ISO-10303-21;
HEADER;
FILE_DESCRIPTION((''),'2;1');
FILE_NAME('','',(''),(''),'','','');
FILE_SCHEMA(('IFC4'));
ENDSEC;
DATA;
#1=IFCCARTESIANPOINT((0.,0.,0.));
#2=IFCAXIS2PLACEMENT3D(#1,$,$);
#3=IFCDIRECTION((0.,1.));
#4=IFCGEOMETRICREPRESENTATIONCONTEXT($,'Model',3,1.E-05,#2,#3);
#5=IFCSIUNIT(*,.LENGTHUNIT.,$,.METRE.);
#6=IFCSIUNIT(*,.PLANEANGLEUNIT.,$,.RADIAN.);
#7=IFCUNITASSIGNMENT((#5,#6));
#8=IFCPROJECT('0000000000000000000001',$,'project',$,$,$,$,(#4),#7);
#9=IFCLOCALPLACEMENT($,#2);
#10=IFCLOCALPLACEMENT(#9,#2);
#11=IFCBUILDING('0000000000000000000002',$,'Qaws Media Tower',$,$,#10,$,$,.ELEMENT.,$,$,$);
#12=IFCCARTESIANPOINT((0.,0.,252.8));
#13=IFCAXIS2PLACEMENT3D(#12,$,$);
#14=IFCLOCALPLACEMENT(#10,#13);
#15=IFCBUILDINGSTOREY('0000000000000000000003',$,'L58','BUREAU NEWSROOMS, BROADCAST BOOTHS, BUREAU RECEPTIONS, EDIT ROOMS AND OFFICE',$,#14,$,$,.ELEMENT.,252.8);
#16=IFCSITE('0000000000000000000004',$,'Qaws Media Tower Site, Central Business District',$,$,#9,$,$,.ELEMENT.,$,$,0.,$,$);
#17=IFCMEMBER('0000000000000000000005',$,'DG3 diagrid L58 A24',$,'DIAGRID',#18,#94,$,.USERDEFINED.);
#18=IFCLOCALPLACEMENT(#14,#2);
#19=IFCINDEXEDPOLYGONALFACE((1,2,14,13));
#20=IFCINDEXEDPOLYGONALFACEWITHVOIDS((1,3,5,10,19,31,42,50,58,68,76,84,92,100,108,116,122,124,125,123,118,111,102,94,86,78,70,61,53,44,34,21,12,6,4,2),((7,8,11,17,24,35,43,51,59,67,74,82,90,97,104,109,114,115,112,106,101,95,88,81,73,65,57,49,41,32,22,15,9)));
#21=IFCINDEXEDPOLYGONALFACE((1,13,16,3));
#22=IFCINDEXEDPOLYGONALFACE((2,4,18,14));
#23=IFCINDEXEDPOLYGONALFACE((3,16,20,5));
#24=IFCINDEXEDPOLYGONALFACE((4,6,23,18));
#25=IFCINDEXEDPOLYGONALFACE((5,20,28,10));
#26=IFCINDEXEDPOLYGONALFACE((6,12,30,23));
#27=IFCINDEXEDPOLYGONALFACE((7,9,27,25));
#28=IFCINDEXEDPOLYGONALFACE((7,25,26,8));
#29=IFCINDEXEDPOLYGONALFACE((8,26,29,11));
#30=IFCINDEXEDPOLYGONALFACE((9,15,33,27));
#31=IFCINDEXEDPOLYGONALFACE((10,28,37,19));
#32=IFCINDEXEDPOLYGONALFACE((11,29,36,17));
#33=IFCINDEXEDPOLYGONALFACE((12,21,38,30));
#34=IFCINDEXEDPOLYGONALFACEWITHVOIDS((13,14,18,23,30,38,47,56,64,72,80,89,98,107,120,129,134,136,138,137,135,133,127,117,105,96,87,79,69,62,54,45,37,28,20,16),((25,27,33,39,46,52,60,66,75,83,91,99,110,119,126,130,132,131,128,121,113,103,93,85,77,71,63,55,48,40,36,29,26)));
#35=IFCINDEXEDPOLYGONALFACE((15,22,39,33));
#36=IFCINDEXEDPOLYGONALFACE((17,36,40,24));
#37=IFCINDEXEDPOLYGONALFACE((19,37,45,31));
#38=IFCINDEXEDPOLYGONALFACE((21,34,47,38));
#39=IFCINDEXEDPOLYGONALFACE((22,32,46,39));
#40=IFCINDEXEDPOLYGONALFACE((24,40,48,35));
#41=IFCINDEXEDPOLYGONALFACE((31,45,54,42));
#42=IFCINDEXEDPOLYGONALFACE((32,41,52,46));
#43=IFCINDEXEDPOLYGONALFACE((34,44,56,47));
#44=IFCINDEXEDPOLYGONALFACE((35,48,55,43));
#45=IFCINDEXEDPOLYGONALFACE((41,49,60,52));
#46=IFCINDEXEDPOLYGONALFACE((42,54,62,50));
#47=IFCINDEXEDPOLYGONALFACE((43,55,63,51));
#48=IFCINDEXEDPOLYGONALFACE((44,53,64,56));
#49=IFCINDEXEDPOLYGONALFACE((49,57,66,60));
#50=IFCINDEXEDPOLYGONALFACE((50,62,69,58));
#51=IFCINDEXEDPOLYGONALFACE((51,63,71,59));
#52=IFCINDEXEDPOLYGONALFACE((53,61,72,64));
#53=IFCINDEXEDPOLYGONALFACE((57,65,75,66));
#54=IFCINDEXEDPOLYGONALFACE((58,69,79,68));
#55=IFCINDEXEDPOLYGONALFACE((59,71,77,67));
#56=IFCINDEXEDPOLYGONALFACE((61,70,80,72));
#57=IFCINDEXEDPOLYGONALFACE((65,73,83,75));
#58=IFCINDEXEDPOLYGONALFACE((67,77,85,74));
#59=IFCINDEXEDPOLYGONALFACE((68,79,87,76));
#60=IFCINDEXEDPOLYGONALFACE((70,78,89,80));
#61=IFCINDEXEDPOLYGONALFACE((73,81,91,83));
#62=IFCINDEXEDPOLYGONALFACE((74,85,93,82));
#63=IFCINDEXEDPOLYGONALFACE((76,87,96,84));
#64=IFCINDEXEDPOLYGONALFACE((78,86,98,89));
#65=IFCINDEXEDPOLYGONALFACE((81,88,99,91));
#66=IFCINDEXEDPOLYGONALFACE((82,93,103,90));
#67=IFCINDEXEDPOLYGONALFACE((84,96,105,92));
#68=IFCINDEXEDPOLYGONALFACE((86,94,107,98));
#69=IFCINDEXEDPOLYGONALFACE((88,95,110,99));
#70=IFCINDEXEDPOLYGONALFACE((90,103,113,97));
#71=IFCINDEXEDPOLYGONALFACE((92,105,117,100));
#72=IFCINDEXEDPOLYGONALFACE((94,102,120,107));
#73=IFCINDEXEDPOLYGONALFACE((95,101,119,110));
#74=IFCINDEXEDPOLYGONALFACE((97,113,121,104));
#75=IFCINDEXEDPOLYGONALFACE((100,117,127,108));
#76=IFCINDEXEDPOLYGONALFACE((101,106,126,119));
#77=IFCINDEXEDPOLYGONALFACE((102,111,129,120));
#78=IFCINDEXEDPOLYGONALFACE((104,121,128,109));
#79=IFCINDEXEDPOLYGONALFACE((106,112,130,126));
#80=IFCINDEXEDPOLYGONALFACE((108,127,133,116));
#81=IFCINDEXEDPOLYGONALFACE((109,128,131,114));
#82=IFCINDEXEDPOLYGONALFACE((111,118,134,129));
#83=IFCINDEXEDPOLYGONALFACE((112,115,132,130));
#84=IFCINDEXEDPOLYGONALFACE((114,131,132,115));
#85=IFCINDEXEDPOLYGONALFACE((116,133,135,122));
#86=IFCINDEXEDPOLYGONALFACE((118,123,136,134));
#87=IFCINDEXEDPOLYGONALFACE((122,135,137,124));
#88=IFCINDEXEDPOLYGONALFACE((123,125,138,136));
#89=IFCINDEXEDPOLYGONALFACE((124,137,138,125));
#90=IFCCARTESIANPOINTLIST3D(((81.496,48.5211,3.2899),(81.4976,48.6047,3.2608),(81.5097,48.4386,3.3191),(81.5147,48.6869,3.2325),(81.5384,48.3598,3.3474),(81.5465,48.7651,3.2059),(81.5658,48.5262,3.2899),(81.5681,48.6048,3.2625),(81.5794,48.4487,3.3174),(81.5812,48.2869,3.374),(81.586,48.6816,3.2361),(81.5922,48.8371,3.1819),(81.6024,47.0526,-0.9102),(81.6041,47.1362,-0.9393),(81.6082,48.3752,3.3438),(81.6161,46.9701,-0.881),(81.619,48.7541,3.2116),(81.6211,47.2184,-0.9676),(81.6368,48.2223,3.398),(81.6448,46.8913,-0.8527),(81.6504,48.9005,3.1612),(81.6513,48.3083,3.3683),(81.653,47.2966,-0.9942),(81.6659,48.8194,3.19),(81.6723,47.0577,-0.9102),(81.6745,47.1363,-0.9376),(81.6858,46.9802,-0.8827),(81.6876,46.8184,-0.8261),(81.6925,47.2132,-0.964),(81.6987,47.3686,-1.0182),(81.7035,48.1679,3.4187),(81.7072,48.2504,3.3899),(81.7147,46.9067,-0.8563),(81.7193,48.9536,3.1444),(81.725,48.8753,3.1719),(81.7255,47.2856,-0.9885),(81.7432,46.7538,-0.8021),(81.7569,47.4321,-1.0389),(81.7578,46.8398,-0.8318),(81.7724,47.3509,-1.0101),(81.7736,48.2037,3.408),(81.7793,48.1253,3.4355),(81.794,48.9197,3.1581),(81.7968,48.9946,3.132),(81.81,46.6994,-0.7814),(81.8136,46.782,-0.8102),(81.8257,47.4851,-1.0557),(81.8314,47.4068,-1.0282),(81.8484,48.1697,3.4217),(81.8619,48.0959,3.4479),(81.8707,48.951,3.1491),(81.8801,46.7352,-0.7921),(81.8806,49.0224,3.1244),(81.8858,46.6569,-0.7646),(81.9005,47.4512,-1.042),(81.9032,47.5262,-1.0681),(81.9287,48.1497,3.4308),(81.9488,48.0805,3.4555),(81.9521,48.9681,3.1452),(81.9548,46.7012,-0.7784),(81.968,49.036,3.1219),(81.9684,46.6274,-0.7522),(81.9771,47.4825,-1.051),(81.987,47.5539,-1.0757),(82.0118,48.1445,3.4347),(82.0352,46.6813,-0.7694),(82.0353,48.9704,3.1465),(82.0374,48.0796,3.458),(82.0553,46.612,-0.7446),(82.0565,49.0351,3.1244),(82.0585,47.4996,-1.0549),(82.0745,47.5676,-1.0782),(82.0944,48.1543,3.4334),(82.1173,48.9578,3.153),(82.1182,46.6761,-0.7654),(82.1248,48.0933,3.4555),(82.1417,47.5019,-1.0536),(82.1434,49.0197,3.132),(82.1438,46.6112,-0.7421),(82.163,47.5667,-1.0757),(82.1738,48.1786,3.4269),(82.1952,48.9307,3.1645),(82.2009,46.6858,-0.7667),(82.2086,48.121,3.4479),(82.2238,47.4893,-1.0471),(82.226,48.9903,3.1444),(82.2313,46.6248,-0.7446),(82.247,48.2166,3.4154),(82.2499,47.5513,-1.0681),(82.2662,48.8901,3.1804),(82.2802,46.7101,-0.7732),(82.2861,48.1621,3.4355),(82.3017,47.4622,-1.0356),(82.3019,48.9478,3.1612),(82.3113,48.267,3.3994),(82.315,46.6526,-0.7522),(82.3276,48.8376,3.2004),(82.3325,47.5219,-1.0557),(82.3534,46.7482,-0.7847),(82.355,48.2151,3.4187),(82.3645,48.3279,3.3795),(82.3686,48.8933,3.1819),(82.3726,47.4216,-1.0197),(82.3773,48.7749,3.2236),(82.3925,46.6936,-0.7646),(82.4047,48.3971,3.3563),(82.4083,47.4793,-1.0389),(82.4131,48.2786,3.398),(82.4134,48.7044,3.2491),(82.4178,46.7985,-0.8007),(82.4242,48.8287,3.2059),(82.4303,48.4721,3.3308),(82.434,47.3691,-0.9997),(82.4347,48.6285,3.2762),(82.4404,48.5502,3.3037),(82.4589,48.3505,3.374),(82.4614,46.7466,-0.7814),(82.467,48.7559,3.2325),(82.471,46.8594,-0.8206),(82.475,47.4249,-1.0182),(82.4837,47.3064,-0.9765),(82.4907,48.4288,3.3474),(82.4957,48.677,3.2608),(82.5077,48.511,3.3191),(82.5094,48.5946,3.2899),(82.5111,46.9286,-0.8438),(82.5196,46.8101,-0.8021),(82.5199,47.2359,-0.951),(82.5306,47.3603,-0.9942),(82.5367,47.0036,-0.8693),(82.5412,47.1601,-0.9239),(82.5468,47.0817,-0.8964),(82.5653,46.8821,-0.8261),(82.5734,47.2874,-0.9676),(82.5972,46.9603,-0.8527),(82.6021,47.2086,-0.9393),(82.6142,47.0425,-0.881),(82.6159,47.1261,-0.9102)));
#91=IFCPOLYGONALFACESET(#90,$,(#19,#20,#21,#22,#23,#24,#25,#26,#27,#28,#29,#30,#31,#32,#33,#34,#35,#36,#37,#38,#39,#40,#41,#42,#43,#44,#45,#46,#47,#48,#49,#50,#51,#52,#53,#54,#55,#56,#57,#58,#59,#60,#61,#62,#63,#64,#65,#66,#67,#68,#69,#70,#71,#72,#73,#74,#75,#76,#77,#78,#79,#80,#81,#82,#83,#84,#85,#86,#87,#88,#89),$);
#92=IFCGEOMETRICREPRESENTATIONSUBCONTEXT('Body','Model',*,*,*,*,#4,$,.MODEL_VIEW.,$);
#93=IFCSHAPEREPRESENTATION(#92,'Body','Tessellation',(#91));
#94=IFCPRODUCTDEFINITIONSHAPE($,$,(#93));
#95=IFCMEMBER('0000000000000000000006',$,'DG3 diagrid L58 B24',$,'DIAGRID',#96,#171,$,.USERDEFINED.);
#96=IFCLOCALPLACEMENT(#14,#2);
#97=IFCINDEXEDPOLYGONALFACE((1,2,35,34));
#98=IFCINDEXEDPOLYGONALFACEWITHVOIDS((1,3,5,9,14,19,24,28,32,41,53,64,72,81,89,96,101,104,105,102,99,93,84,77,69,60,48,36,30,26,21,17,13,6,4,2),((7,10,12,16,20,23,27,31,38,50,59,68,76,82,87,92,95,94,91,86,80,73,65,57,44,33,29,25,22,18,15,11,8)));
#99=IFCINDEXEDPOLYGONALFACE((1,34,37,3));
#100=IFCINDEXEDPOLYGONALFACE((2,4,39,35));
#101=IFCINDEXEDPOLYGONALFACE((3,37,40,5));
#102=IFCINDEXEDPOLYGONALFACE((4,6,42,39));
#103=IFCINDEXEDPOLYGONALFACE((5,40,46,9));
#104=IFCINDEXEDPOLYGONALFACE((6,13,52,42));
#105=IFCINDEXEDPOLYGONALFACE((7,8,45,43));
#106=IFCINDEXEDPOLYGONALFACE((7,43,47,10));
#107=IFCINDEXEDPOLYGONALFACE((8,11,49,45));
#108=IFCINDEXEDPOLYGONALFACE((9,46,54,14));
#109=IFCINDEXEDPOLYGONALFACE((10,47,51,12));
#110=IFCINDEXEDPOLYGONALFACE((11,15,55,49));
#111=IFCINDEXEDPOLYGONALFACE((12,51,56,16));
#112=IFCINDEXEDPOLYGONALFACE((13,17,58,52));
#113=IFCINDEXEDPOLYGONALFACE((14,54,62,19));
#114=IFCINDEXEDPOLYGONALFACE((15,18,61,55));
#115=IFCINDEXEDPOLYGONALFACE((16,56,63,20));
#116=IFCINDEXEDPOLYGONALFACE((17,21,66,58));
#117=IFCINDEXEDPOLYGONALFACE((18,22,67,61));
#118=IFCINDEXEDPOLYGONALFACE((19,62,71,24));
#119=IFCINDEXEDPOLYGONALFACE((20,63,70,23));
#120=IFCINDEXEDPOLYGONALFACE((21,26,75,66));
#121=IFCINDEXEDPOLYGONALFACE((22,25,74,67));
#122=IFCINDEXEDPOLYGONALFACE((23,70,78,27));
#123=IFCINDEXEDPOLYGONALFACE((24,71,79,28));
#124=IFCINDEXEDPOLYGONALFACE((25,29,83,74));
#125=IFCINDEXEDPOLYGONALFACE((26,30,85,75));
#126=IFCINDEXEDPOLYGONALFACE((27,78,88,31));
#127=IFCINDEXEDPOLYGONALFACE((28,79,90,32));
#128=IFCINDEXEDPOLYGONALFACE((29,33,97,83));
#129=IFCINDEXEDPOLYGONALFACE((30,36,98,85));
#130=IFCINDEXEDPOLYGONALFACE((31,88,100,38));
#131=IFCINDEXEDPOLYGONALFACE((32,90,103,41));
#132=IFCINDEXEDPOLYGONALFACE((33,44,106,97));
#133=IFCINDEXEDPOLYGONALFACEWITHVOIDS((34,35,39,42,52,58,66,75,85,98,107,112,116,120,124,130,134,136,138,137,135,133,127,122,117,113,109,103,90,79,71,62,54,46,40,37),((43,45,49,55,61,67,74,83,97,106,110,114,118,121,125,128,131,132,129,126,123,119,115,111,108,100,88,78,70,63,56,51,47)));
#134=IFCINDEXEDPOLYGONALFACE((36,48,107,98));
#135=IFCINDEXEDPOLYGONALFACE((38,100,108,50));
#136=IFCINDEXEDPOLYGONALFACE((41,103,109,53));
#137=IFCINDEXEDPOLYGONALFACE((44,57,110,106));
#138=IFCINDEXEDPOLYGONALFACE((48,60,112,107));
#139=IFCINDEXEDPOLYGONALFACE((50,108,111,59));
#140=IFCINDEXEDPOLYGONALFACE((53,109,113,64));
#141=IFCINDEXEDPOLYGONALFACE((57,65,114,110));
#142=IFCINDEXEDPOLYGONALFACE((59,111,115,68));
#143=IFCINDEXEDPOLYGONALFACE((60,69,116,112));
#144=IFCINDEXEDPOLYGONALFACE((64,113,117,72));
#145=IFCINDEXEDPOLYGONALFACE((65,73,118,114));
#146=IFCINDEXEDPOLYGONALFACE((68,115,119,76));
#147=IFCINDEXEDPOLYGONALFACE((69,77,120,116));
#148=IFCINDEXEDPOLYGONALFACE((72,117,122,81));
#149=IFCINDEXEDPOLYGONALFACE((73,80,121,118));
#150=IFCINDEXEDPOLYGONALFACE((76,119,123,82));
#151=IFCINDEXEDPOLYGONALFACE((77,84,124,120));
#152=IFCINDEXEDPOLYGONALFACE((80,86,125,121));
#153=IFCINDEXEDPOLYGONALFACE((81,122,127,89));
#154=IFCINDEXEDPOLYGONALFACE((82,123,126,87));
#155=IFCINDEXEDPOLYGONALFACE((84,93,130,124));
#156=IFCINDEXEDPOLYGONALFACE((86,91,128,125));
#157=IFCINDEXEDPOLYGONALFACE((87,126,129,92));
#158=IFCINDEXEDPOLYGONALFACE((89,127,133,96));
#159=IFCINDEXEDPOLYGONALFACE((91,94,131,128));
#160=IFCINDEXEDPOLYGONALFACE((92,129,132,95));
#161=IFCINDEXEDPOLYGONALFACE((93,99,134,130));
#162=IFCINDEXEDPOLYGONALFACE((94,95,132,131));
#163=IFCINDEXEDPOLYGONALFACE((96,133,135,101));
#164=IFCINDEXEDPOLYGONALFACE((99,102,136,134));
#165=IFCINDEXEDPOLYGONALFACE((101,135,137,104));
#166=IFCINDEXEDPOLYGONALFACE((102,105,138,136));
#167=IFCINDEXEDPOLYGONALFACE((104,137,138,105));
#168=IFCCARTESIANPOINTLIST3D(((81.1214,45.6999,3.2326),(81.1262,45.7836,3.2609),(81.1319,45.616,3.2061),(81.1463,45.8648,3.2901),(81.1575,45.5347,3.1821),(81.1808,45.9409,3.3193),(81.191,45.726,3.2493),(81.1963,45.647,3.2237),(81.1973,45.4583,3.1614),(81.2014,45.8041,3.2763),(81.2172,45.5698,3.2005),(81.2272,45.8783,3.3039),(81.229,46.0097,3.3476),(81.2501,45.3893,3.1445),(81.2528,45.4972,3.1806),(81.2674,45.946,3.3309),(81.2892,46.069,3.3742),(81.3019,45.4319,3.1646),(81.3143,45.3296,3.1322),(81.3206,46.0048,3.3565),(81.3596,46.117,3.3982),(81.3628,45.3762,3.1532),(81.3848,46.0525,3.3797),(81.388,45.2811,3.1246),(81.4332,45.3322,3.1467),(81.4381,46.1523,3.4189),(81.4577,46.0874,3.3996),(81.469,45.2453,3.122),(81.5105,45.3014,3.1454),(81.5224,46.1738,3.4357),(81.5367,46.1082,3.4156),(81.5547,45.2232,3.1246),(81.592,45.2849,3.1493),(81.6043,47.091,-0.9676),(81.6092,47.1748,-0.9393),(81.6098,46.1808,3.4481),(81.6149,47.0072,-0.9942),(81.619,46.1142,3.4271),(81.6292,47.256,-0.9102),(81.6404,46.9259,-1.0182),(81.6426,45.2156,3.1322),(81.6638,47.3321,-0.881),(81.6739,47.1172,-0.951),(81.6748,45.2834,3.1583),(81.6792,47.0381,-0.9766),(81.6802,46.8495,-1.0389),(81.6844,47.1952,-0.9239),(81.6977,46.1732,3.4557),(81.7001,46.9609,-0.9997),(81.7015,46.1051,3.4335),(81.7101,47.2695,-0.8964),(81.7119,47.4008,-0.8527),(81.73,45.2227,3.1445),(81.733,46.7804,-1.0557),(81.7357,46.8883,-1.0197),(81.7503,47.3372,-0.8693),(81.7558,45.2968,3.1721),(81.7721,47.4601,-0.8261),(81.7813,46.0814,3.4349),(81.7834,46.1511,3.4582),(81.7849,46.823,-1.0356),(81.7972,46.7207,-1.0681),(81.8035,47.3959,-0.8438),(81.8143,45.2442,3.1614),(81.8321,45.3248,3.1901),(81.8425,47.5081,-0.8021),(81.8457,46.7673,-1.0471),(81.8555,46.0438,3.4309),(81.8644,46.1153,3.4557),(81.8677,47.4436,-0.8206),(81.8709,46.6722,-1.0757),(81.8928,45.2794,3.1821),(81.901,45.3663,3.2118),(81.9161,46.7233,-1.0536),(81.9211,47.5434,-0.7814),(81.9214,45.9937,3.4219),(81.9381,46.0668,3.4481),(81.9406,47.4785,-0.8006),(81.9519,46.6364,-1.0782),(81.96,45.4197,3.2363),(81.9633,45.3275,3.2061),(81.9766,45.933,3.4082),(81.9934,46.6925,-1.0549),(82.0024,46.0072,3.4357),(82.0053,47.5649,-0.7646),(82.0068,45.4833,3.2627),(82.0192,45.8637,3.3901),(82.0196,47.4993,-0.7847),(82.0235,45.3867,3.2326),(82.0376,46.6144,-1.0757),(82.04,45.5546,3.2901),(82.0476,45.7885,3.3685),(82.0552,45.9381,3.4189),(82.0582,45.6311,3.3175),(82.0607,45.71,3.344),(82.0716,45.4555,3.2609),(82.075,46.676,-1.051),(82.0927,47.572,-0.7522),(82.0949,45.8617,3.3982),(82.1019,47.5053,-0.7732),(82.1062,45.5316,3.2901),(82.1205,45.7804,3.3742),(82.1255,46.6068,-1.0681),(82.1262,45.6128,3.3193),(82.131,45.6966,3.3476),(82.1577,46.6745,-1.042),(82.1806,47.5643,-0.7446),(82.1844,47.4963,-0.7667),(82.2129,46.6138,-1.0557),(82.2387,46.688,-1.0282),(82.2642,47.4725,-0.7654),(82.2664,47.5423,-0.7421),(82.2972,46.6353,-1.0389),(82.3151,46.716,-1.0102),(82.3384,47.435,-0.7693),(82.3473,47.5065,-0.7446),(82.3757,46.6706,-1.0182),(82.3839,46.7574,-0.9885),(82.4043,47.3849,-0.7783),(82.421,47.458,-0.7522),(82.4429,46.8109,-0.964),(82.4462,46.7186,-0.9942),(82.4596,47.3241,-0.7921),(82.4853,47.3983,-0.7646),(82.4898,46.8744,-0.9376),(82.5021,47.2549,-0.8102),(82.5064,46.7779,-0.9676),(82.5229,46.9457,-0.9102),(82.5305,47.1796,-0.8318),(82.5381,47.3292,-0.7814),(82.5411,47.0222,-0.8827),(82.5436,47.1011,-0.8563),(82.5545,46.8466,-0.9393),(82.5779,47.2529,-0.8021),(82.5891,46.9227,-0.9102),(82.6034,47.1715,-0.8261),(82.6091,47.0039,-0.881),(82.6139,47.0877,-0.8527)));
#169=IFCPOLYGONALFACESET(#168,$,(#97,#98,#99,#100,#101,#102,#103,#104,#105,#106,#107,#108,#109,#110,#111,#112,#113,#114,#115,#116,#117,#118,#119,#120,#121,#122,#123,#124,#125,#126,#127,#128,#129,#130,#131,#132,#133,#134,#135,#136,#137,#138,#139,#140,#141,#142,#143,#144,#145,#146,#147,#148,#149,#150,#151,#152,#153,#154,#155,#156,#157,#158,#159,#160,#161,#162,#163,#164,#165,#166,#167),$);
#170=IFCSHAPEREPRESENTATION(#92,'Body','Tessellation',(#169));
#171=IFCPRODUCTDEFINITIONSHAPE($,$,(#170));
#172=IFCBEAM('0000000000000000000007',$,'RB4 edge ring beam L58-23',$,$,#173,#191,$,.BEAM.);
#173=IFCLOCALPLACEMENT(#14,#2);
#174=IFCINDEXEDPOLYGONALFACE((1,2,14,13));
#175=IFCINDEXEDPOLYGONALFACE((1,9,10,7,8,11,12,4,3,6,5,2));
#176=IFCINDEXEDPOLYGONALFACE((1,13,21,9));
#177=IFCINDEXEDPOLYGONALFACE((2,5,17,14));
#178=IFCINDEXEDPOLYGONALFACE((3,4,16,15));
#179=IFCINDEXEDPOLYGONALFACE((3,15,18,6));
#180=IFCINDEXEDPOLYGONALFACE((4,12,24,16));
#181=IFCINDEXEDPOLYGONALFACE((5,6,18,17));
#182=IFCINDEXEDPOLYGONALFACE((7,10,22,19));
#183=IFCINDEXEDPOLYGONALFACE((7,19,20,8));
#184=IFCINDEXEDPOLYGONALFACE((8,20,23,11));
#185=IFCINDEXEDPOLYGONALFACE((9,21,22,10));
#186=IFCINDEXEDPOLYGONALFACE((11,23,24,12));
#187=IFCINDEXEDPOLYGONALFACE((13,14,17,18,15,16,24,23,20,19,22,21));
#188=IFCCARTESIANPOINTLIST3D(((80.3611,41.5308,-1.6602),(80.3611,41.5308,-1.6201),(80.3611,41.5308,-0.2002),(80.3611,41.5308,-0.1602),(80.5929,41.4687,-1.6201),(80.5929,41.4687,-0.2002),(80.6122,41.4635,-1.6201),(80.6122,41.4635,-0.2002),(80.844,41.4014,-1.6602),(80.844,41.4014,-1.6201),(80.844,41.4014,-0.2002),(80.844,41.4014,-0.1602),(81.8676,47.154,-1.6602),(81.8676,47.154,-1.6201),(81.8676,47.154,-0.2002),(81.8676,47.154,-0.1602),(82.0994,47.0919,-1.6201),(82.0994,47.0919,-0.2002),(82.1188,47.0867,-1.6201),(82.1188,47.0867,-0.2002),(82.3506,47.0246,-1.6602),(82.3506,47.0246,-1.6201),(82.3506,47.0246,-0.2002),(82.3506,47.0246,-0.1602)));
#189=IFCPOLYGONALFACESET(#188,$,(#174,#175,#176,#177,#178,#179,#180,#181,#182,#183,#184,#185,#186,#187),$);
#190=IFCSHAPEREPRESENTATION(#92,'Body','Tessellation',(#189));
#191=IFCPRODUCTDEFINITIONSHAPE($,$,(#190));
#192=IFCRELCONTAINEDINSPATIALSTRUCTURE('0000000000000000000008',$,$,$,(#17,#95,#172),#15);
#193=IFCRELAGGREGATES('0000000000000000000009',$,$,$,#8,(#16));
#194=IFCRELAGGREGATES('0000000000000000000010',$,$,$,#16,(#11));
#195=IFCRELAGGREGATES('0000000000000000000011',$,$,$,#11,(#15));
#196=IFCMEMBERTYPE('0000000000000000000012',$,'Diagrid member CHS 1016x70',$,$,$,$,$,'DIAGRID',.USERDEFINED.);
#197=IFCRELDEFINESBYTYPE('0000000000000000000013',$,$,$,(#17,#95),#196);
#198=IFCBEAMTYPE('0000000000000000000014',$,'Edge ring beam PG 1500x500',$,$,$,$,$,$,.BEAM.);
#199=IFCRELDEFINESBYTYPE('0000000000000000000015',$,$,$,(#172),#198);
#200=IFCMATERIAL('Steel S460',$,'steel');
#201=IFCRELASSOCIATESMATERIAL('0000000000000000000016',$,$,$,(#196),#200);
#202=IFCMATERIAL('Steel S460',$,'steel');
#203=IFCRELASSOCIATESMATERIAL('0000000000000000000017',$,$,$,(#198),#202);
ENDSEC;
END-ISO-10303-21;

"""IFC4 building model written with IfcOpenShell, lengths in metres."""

from ifc_helpers import new_model, si_unit, direction, frame, origin, origin_2d, place, context, subcontext, project, spatial, hollow_circle, i_section, extrude, material, material_profile, profile_set, type_object, element, save


model = new_model("IFC4")

# Units and contexts
model_context = context("Model", 3, precision=1e-05, world=origin(), true_north=direction((0.0, 1.0)))
body_context = subcontext(model_context, "Body", "Model", "MODEL_VIEW")
ifc_project = project(units=[si_unit("LENGTHUNIT", "METRE"), si_unit("PLANEANGLEUNIT", "RADIAN")], contexts=[model_context])

# Site, building, storey
site_placement = place(None, origin())
site = spatial("IfcSite", under=ifc_project, at=site_placement, Name="Qaws Media Tower Site, Central Business District", CompositionType="ELEMENT", RefElevation=0.0)
building_placement = place(site_placement, origin())
building = spatial("IfcBuilding", under=site, at=building_placement, Name="Qaws Media Tower", CompositionType="ELEMENT")
storey_placement = place(building_placement, frame((0.0, 0.0, 252.8)))
storey = spatial("IfcBuildingStorey", under=building, at=storey_placement, Name="L58", Description="BUREAU NEWSROOMS, BROADCAST BOOTHS, BUREAU RECEPTIONS, EDIT ROOMS AND OFFICE", CompositionType="ELEMENT", Elevation=252.8)

# Members
ifc_material_1 = material(Name="Steel S460", Category="steel")
ifc_material_profile_1 = material_profile(ifc_material_1, hollow_circle(Radius=0.5081, WallThickness=0.0701, at=origin_2d()), Name="CHS 1016x70")
ifc_profile_set_1 = profile_set([ifc_material_profile_1], Name="Steel S460")
member_type_1 = type_object("IfcMemberType", Name="Diagrid member CHS 1016x70", ElementType="DIAGRID", PredefinedType="USERDEFINED", material=ifc_profile_set_1)
for number, where, z_axis, x_axis, name in (
    (1, (82.1091, 47.0894, -0.9102), (-0.023916, 0.329943, 0.943698), (-0.997383, -0.072296, 0.0), "DG3 diagrid L58 A24"),
):
    element("IfcMember", number, at=place(storey_placement, frame(where, z_axis=z_axis, x_axis=x_axis)), inside=storey, type_object=member_type_1, Name=name, ObjectType="DIAGRID", PredefinedType="USERDEFINED", context=body_context, shape_type="SweptSolid", body=[
        extrude(hollow_circle(Radius=0.5081, WallThickness=0.0701, at=origin_2d()), origin(), (0.0, 0.0, 1.0), 4.4507),
    ])
member_1_placement = place(storey_placement, frame((82.1091, 47.0894, -0.9102), z_axis=(-0.108498, -0.31255, 0.943684), x_axis=(0.944698, -0.327942, 0.0)))
element("IfcMember", 2, at=member_1_placement, inside=storey, type_object=member_type_1, Name="DG3 diagrid L58 B24", ObjectType="DIAGRID", PredefinedType="USERDEFINED", context=body_context, shape_type="SweptSolid", body=[
    extrude(hollow_circle(Radius=0.5081, WallThickness=0.0701, at=origin_2d()), origin(), (0.0, 0.0, 1.0), 4.4509),
])

# Beam
ifc_material_2 = material(Name="Steel S460", Category="steel")
ifc_material_profile_2 = material_profile(ifc_material_2, i_section(OverallWidth=0.5, OverallDepth=1.5, WebThickness=0.02, FlangeThickness=0.04, at=origin_2d()), Name="PG 1500x500")
ifc_profile_set_2 = profile_set([ifc_material_profile_2], Name="Steel S460")
beam_type_1 = type_object("IfcBeamType", Name="Edge ring beam PG 1500x500", PredefinedType="BEAM", material=ifc_profile_set_2)
beam_1_placement = place(storey_placement, frame((80.6025, 41.4661, -0.9102), z_axis=(0.258793, 0.965933, 0.0), x_axis=(-0.965933, 0.258793, 0.0)))
element("IfcBeam", 3, at=beam_1_placement, inside=storey, type_object=beam_type_1, Name="RB4 edge ring beam L58-23", PredefinedType="BEAM", context=body_context, shape_type="SweptSolid", body=[
    extrude(i_section(OverallWidth=0.5, OverallDepth=1.5, WebThickness=0.02, FlangeThickness=0.04, at=origin_2d()), origin(), (0.0, 0.0, 1.0), 5.8215),
])

save(model, "model.ifc")
